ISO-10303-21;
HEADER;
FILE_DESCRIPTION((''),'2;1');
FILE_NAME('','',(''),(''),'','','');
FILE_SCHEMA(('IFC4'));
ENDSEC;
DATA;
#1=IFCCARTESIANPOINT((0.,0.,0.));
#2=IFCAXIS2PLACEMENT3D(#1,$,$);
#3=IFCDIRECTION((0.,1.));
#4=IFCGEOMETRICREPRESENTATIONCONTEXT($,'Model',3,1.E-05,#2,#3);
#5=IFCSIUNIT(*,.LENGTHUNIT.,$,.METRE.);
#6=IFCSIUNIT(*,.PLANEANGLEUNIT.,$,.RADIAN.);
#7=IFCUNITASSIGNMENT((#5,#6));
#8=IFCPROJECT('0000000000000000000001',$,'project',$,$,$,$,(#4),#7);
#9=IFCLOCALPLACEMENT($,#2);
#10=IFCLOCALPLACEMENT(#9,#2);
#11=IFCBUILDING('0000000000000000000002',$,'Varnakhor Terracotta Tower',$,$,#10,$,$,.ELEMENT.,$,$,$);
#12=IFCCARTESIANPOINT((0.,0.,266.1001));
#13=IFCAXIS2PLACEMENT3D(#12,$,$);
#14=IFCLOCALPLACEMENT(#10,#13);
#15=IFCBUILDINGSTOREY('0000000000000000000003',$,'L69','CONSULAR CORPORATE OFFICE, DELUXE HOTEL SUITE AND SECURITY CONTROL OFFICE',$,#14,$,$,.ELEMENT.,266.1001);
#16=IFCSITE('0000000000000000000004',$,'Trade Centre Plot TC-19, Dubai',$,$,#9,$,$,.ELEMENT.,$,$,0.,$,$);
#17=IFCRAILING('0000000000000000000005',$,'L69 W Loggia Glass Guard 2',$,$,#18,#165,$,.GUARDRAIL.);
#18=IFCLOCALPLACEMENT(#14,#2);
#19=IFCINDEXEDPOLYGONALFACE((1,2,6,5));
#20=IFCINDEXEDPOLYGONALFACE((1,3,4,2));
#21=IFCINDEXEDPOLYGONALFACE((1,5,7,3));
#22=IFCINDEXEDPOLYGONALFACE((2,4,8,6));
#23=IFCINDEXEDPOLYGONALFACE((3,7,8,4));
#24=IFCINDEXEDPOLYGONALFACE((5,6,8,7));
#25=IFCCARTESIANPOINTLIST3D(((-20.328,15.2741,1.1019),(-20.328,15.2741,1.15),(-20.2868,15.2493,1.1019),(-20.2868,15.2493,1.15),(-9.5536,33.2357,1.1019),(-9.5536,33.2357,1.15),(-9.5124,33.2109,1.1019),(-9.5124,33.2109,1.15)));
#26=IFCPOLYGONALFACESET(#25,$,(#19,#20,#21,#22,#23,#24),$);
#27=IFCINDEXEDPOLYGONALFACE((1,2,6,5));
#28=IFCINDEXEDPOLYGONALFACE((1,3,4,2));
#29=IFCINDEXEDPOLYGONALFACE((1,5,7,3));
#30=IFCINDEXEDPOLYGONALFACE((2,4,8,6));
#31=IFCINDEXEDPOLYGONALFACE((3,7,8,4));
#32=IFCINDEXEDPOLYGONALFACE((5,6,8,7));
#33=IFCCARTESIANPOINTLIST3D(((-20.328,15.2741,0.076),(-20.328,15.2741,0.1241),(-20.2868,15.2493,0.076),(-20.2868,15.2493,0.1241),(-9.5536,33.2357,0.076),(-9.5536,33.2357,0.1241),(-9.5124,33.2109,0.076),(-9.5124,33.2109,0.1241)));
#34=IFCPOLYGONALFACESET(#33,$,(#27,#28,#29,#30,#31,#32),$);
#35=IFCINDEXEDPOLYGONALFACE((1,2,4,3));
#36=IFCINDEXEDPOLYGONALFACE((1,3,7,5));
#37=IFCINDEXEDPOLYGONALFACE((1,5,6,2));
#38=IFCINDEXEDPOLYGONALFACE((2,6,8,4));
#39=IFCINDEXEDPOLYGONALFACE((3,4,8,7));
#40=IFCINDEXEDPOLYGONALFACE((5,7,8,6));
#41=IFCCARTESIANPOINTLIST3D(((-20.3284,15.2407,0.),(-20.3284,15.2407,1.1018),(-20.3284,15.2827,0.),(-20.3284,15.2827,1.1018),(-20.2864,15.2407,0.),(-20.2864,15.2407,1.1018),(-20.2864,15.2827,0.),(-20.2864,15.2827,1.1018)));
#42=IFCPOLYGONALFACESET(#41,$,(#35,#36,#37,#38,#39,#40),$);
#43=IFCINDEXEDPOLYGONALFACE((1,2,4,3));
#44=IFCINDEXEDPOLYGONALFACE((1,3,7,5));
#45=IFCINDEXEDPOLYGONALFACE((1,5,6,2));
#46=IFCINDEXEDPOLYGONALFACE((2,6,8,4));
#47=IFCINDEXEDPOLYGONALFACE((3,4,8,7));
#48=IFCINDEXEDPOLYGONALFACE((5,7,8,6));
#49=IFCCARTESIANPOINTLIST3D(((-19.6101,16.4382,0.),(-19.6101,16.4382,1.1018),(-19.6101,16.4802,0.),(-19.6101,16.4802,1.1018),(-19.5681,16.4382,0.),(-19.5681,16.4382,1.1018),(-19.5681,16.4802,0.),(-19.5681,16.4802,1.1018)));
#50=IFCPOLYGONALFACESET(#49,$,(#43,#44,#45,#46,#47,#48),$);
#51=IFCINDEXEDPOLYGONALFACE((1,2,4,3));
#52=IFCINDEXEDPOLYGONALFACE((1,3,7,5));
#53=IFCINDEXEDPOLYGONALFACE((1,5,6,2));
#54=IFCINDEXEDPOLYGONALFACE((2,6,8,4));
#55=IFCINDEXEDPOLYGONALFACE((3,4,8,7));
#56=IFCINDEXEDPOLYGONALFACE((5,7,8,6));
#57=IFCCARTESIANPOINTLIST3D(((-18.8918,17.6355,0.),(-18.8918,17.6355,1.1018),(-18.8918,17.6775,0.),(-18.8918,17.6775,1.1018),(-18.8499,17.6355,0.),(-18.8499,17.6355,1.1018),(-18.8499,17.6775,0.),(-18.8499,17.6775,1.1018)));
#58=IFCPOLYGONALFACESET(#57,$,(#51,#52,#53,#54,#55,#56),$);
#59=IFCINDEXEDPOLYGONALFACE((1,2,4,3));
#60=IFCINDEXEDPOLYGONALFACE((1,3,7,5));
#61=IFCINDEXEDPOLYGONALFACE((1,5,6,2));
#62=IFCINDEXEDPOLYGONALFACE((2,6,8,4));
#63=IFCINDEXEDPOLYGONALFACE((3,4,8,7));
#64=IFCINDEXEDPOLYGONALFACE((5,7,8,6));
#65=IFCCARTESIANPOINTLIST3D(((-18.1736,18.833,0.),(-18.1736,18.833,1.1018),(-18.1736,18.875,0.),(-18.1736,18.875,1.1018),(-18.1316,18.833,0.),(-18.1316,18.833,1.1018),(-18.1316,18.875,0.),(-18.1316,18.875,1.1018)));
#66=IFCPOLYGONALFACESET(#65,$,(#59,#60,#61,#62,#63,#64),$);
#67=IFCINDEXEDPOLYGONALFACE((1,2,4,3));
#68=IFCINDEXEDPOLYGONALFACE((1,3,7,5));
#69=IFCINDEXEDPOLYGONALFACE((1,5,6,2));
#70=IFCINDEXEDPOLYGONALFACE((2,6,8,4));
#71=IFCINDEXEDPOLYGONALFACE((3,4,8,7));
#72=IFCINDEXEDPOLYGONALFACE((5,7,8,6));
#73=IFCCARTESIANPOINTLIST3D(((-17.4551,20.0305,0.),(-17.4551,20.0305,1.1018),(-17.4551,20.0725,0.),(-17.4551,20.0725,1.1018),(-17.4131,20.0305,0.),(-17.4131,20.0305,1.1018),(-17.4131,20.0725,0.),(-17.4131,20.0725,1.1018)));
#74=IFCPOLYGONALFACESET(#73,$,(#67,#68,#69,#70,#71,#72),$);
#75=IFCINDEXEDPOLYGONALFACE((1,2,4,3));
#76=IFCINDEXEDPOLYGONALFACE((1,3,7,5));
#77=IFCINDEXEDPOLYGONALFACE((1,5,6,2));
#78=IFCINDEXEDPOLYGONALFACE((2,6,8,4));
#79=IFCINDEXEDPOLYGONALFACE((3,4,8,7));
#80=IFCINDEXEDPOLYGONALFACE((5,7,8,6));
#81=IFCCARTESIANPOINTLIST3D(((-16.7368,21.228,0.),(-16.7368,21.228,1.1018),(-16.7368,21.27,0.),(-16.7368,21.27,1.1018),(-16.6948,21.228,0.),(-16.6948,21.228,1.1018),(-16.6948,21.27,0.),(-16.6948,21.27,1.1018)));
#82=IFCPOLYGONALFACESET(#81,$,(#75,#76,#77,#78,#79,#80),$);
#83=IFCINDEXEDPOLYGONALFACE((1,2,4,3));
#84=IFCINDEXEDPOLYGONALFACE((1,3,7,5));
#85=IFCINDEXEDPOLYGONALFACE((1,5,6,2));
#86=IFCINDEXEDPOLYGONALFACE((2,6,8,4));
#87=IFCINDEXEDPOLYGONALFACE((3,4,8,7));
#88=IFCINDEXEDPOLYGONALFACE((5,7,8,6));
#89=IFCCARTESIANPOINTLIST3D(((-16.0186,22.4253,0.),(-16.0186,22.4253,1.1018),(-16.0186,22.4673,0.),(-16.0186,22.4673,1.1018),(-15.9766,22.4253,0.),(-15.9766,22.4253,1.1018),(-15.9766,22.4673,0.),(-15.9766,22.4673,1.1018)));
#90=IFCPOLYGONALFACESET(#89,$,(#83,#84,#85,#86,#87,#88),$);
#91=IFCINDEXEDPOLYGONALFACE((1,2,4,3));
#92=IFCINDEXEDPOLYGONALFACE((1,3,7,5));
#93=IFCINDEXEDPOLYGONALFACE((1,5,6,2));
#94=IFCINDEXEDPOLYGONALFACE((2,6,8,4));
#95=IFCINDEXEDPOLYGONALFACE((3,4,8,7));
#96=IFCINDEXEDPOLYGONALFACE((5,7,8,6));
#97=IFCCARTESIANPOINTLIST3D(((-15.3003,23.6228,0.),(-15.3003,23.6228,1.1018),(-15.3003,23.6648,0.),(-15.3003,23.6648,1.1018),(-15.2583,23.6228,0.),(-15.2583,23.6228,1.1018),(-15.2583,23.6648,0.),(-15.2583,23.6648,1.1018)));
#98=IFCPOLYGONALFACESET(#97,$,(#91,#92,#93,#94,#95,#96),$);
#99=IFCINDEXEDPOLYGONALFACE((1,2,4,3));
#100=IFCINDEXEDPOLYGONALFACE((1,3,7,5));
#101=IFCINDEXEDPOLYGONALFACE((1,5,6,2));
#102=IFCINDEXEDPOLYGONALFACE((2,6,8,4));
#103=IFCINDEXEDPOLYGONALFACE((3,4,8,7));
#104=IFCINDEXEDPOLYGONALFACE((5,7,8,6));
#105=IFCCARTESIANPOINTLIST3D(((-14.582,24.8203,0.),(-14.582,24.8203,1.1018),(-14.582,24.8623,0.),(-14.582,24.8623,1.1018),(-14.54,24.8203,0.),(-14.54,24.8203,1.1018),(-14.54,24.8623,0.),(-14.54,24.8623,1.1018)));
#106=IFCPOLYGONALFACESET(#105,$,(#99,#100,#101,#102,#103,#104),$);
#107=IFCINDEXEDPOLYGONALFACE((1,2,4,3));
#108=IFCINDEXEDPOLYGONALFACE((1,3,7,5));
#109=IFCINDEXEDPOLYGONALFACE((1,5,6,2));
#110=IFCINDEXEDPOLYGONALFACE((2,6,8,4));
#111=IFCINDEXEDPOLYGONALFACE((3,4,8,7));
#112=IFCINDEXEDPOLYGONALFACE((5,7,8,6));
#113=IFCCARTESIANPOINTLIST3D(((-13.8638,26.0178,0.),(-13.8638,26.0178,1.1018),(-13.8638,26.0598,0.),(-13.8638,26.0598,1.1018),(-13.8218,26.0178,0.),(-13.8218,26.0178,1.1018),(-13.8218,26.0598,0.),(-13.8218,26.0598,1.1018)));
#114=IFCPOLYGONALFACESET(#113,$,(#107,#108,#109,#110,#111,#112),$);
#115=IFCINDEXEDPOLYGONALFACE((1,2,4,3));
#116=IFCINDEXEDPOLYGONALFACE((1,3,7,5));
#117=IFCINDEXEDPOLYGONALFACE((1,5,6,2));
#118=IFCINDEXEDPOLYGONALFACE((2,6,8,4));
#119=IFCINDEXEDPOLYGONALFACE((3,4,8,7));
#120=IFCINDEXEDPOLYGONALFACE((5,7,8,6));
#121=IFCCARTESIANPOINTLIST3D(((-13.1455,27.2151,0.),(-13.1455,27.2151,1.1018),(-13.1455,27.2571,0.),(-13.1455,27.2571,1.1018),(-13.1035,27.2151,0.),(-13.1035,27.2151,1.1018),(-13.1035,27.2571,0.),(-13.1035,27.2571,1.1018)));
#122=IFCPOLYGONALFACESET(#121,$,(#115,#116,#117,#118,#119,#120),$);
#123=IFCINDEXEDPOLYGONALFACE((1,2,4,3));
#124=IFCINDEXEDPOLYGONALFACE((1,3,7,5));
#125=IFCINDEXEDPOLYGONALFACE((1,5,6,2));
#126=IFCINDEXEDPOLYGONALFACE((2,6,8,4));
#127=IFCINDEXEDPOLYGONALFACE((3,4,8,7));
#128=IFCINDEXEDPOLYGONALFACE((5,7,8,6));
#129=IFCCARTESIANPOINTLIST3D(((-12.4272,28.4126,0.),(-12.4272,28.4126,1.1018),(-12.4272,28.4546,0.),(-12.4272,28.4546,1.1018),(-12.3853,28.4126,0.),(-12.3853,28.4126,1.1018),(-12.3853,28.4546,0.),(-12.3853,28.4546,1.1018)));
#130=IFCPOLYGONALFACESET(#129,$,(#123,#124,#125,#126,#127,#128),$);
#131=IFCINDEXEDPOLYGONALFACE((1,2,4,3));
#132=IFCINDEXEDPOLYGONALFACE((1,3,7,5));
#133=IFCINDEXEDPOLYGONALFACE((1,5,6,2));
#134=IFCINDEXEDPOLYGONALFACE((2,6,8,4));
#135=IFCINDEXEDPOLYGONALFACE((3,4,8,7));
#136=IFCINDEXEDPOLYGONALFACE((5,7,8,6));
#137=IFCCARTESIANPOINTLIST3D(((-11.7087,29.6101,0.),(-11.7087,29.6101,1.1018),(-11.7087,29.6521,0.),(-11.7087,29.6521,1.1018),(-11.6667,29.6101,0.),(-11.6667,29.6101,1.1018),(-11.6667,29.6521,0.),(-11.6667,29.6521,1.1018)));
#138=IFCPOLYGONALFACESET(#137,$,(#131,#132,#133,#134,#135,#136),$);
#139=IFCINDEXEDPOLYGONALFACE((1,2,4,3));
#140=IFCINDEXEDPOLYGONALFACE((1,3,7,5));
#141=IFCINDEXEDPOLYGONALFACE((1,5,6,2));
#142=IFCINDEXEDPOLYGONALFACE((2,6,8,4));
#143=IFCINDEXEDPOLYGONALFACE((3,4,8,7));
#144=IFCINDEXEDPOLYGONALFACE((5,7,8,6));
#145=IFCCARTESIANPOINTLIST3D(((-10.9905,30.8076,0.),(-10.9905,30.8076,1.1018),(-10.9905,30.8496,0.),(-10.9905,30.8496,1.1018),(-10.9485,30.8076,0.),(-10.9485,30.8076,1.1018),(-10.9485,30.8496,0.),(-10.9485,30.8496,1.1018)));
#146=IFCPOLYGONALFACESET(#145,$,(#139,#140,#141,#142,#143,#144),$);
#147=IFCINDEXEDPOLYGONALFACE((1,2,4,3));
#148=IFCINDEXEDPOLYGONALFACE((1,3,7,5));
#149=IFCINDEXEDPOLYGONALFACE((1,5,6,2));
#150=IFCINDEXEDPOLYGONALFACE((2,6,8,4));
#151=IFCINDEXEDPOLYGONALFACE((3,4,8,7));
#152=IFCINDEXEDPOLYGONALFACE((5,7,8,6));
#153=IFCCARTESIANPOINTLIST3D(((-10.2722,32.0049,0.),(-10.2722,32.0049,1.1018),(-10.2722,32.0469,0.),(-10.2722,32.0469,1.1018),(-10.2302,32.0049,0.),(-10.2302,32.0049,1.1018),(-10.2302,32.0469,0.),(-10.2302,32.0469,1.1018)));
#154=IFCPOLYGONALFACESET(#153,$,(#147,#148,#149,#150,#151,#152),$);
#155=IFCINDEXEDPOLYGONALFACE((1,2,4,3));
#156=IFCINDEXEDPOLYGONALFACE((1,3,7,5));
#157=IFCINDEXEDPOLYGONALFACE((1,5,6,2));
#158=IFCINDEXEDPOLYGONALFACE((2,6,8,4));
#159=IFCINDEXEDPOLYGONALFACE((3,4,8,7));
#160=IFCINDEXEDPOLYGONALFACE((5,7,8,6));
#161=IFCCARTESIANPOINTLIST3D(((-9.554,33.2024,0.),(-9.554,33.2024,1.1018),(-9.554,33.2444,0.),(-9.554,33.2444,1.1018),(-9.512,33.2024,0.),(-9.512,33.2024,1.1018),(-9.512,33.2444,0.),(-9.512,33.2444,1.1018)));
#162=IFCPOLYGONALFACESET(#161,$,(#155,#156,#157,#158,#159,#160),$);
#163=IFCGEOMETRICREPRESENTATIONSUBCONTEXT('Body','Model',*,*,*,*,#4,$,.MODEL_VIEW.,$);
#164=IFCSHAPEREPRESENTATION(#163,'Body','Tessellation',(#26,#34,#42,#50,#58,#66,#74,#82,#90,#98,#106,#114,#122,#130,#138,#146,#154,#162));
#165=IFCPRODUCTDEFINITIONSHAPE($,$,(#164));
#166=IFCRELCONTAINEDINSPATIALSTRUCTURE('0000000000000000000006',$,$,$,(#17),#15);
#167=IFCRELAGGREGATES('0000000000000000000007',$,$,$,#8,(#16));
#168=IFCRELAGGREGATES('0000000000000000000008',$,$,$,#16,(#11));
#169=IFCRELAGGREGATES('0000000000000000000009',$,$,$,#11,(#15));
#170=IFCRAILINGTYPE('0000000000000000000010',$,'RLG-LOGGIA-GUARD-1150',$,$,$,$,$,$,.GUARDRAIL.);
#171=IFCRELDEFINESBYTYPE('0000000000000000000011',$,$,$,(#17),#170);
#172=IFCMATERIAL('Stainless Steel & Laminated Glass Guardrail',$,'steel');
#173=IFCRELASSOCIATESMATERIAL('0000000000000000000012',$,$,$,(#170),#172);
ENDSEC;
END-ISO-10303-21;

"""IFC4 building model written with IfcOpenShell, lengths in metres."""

from ifc_helpers import new_model, si_unit, direction, frame, origin, origin_2d, place, context, subcontext, project, spatial, rectangle, extrude, material, type_object, element, save


model = new_model("IFC4")

# Units and contexts
model_context = context("Model", 3, precision=1e-05, world=origin(), true_north=direction((0.0, 1.0)))
body_context = subcontext(model_context, "Body", "Model", "MODEL_VIEW")
ifc_project = project(units=[si_unit("LENGTHUNIT", "METRE"), si_unit("PLANEANGLEUNIT", "RADIAN")], contexts=[model_context])

# Site, building, storey
site_placement = place(None, origin())
site = spatial("IfcSite", under=ifc_project, at=site_placement, Name="Trade Centre Plot TC-19, Dubai", CompositionType="ELEMENT", RefElevation=0.0)
building_placement = place(site_placement, origin())
building = spatial("IfcBuilding", under=site, at=building_placement, Name="Varnakhor Terracotta Tower", CompositionType="ELEMENT")
storey_placement = place(building_placement, frame((0.0, 0.0, 266.1001)))
storey = spatial("IfcBuildingStorey", under=building, at=storey_placement, Name="L69", Description="CONSULAR CORPORATE OFFICE, DELUXE HOTEL SUITE AND SECURITY CONTROL OFFICE", CompositionType="ELEMENT", Elevation=266.1001)

# Railing
ifc_material_1 = material(Name="Stainless Steel & Laminated Glass Guardrail", Category="steel")
railing_type = type_object("IfcRailingType", Name="RLG-LOGGIA-GUARD-1150", PredefinedType="GUARDRAIL", material=ifc_material_1)
railing_1_placement = place(storey_placement, frame((-20.3074, 15.2617, 0.0)))
element("IfcRailing", 1, at=railing_1_placement, inside=storey, type_object=railing_type, Name="L69 W Loggia Glass Guard 2", PredefinedType="GUARDRAIL", context=body_context, shape_type="SweptSolid", body=[
    extrude(rectangle(XDim=0.0481, YDim=0.0481, at=origin_2d()), frame((0.0, 0.0, 1.126), z_axis=(0.514405, 0.857547, 0.0), x_axis=(-0.857547, 0.514405, 0.0)), (0.0, 0.0, 1.0), 20.9453),
    extrude(rectangle(XDim=0.0481, YDim=0.0481, at=origin_2d()), frame((0.0, 0.0, 0.1001), z_axis=(0.514405, 0.857547, 0.0), x_axis=(-0.857547, 0.514405, 0.0)), (0.0, 0.0, 1.0), 20.9453),
    extrude(rectangle(XDim=0.042, YDim=0.042, at=origin_2d()), origin(), (0.0, 0.0, 1.0), 1.1018),
    extrude(rectangle(XDim=0.042, YDim=0.042, at=origin_2d()), frame((0.7183, 1.1975, 0.0)), (0.0, 0.0, 1.0), 1.1018),
    extrude(rectangle(XDim=0.042, YDim=0.042, at=origin_2d()), frame((1.4365, 2.3948, 0.0)), (0.0, 0.0, 1.0), 1.1018),
    extrude(rectangle(XDim=0.042, YDim=0.042, at=origin_2d()), frame((2.1548, 3.5923, 0.0)), (0.0, 0.0, 1.0), 1.1018),
    extrude(rectangle(XDim=0.042, YDim=0.042, at=origin_2d()), frame((2.8733, 4.7898, 0.0)), (0.0, 0.0, 1.0), 1.1018),
    extrude(rectangle(XDim=0.042, YDim=0.042, at=origin_2d()), frame((3.5916, 5.9873, 0.0)), (0.0, 0.0, 1.0), 1.1018),
    extrude(rectangle(XDim=0.042, YDim=0.042, at=origin_2d()), frame((4.3098, 7.1846, 0.0)), (0.0, 0.0, 1.0), 1.1018),
    extrude(rectangle(XDim=0.042, YDim=0.042, at=origin_2d()), frame((5.0281, 8.3821, 0.0)), (0.0, 0.0, 1.0), 1.1018),
    extrude(rectangle(XDim=0.042, YDim=0.042, at=origin_2d()), frame((5.7463, 9.5796, 0.0)), (0.0, 0.0, 1.0), 1.1018),
    extrude(rectangle(XDim=0.042, YDim=0.042, at=origin_2d()), frame((6.4646, 10.7771, 0.0)), (0.0, 0.0, 1.0), 1.1018),
    extrude(rectangle(XDim=0.042, YDim=0.042, at=origin_2d()), frame((7.1829, 11.9744, 0.0)), (0.0, 0.0, 1.0), 1.1018),
    extrude(rectangle(XDim=0.042, YDim=0.042, at=origin_2d()), frame((7.9011, 13.1719, 0.0)), (0.0, 0.0, 1.0), 1.1018),
    extrude(rectangle(XDim=0.042, YDim=0.042, at=origin_2d()), frame((8.6196, 14.3694, 0.0)), (0.0, 0.0, 1.0), 1.1018),
    extrude(rectangle(XDim=0.042, YDim=0.042, at=origin_2d()), frame((9.3379, 15.5669, 0.0)), (0.0, 0.0, 1.0), 1.1018),
    extrude(rectangle(XDim=0.042, YDim=0.042, at=origin_2d()), frame((10.0562, 16.7642, 0.0)), (0.0, 0.0, 1.0), 1.1018),
    extrude(rectangle(XDim=0.042, YDim=0.042, at=origin_2d()), frame((10.7744, 17.9617, 0.0)), (0.0, 0.0, 1.0), 1.1018),
])

save(model, "model.ifc")
